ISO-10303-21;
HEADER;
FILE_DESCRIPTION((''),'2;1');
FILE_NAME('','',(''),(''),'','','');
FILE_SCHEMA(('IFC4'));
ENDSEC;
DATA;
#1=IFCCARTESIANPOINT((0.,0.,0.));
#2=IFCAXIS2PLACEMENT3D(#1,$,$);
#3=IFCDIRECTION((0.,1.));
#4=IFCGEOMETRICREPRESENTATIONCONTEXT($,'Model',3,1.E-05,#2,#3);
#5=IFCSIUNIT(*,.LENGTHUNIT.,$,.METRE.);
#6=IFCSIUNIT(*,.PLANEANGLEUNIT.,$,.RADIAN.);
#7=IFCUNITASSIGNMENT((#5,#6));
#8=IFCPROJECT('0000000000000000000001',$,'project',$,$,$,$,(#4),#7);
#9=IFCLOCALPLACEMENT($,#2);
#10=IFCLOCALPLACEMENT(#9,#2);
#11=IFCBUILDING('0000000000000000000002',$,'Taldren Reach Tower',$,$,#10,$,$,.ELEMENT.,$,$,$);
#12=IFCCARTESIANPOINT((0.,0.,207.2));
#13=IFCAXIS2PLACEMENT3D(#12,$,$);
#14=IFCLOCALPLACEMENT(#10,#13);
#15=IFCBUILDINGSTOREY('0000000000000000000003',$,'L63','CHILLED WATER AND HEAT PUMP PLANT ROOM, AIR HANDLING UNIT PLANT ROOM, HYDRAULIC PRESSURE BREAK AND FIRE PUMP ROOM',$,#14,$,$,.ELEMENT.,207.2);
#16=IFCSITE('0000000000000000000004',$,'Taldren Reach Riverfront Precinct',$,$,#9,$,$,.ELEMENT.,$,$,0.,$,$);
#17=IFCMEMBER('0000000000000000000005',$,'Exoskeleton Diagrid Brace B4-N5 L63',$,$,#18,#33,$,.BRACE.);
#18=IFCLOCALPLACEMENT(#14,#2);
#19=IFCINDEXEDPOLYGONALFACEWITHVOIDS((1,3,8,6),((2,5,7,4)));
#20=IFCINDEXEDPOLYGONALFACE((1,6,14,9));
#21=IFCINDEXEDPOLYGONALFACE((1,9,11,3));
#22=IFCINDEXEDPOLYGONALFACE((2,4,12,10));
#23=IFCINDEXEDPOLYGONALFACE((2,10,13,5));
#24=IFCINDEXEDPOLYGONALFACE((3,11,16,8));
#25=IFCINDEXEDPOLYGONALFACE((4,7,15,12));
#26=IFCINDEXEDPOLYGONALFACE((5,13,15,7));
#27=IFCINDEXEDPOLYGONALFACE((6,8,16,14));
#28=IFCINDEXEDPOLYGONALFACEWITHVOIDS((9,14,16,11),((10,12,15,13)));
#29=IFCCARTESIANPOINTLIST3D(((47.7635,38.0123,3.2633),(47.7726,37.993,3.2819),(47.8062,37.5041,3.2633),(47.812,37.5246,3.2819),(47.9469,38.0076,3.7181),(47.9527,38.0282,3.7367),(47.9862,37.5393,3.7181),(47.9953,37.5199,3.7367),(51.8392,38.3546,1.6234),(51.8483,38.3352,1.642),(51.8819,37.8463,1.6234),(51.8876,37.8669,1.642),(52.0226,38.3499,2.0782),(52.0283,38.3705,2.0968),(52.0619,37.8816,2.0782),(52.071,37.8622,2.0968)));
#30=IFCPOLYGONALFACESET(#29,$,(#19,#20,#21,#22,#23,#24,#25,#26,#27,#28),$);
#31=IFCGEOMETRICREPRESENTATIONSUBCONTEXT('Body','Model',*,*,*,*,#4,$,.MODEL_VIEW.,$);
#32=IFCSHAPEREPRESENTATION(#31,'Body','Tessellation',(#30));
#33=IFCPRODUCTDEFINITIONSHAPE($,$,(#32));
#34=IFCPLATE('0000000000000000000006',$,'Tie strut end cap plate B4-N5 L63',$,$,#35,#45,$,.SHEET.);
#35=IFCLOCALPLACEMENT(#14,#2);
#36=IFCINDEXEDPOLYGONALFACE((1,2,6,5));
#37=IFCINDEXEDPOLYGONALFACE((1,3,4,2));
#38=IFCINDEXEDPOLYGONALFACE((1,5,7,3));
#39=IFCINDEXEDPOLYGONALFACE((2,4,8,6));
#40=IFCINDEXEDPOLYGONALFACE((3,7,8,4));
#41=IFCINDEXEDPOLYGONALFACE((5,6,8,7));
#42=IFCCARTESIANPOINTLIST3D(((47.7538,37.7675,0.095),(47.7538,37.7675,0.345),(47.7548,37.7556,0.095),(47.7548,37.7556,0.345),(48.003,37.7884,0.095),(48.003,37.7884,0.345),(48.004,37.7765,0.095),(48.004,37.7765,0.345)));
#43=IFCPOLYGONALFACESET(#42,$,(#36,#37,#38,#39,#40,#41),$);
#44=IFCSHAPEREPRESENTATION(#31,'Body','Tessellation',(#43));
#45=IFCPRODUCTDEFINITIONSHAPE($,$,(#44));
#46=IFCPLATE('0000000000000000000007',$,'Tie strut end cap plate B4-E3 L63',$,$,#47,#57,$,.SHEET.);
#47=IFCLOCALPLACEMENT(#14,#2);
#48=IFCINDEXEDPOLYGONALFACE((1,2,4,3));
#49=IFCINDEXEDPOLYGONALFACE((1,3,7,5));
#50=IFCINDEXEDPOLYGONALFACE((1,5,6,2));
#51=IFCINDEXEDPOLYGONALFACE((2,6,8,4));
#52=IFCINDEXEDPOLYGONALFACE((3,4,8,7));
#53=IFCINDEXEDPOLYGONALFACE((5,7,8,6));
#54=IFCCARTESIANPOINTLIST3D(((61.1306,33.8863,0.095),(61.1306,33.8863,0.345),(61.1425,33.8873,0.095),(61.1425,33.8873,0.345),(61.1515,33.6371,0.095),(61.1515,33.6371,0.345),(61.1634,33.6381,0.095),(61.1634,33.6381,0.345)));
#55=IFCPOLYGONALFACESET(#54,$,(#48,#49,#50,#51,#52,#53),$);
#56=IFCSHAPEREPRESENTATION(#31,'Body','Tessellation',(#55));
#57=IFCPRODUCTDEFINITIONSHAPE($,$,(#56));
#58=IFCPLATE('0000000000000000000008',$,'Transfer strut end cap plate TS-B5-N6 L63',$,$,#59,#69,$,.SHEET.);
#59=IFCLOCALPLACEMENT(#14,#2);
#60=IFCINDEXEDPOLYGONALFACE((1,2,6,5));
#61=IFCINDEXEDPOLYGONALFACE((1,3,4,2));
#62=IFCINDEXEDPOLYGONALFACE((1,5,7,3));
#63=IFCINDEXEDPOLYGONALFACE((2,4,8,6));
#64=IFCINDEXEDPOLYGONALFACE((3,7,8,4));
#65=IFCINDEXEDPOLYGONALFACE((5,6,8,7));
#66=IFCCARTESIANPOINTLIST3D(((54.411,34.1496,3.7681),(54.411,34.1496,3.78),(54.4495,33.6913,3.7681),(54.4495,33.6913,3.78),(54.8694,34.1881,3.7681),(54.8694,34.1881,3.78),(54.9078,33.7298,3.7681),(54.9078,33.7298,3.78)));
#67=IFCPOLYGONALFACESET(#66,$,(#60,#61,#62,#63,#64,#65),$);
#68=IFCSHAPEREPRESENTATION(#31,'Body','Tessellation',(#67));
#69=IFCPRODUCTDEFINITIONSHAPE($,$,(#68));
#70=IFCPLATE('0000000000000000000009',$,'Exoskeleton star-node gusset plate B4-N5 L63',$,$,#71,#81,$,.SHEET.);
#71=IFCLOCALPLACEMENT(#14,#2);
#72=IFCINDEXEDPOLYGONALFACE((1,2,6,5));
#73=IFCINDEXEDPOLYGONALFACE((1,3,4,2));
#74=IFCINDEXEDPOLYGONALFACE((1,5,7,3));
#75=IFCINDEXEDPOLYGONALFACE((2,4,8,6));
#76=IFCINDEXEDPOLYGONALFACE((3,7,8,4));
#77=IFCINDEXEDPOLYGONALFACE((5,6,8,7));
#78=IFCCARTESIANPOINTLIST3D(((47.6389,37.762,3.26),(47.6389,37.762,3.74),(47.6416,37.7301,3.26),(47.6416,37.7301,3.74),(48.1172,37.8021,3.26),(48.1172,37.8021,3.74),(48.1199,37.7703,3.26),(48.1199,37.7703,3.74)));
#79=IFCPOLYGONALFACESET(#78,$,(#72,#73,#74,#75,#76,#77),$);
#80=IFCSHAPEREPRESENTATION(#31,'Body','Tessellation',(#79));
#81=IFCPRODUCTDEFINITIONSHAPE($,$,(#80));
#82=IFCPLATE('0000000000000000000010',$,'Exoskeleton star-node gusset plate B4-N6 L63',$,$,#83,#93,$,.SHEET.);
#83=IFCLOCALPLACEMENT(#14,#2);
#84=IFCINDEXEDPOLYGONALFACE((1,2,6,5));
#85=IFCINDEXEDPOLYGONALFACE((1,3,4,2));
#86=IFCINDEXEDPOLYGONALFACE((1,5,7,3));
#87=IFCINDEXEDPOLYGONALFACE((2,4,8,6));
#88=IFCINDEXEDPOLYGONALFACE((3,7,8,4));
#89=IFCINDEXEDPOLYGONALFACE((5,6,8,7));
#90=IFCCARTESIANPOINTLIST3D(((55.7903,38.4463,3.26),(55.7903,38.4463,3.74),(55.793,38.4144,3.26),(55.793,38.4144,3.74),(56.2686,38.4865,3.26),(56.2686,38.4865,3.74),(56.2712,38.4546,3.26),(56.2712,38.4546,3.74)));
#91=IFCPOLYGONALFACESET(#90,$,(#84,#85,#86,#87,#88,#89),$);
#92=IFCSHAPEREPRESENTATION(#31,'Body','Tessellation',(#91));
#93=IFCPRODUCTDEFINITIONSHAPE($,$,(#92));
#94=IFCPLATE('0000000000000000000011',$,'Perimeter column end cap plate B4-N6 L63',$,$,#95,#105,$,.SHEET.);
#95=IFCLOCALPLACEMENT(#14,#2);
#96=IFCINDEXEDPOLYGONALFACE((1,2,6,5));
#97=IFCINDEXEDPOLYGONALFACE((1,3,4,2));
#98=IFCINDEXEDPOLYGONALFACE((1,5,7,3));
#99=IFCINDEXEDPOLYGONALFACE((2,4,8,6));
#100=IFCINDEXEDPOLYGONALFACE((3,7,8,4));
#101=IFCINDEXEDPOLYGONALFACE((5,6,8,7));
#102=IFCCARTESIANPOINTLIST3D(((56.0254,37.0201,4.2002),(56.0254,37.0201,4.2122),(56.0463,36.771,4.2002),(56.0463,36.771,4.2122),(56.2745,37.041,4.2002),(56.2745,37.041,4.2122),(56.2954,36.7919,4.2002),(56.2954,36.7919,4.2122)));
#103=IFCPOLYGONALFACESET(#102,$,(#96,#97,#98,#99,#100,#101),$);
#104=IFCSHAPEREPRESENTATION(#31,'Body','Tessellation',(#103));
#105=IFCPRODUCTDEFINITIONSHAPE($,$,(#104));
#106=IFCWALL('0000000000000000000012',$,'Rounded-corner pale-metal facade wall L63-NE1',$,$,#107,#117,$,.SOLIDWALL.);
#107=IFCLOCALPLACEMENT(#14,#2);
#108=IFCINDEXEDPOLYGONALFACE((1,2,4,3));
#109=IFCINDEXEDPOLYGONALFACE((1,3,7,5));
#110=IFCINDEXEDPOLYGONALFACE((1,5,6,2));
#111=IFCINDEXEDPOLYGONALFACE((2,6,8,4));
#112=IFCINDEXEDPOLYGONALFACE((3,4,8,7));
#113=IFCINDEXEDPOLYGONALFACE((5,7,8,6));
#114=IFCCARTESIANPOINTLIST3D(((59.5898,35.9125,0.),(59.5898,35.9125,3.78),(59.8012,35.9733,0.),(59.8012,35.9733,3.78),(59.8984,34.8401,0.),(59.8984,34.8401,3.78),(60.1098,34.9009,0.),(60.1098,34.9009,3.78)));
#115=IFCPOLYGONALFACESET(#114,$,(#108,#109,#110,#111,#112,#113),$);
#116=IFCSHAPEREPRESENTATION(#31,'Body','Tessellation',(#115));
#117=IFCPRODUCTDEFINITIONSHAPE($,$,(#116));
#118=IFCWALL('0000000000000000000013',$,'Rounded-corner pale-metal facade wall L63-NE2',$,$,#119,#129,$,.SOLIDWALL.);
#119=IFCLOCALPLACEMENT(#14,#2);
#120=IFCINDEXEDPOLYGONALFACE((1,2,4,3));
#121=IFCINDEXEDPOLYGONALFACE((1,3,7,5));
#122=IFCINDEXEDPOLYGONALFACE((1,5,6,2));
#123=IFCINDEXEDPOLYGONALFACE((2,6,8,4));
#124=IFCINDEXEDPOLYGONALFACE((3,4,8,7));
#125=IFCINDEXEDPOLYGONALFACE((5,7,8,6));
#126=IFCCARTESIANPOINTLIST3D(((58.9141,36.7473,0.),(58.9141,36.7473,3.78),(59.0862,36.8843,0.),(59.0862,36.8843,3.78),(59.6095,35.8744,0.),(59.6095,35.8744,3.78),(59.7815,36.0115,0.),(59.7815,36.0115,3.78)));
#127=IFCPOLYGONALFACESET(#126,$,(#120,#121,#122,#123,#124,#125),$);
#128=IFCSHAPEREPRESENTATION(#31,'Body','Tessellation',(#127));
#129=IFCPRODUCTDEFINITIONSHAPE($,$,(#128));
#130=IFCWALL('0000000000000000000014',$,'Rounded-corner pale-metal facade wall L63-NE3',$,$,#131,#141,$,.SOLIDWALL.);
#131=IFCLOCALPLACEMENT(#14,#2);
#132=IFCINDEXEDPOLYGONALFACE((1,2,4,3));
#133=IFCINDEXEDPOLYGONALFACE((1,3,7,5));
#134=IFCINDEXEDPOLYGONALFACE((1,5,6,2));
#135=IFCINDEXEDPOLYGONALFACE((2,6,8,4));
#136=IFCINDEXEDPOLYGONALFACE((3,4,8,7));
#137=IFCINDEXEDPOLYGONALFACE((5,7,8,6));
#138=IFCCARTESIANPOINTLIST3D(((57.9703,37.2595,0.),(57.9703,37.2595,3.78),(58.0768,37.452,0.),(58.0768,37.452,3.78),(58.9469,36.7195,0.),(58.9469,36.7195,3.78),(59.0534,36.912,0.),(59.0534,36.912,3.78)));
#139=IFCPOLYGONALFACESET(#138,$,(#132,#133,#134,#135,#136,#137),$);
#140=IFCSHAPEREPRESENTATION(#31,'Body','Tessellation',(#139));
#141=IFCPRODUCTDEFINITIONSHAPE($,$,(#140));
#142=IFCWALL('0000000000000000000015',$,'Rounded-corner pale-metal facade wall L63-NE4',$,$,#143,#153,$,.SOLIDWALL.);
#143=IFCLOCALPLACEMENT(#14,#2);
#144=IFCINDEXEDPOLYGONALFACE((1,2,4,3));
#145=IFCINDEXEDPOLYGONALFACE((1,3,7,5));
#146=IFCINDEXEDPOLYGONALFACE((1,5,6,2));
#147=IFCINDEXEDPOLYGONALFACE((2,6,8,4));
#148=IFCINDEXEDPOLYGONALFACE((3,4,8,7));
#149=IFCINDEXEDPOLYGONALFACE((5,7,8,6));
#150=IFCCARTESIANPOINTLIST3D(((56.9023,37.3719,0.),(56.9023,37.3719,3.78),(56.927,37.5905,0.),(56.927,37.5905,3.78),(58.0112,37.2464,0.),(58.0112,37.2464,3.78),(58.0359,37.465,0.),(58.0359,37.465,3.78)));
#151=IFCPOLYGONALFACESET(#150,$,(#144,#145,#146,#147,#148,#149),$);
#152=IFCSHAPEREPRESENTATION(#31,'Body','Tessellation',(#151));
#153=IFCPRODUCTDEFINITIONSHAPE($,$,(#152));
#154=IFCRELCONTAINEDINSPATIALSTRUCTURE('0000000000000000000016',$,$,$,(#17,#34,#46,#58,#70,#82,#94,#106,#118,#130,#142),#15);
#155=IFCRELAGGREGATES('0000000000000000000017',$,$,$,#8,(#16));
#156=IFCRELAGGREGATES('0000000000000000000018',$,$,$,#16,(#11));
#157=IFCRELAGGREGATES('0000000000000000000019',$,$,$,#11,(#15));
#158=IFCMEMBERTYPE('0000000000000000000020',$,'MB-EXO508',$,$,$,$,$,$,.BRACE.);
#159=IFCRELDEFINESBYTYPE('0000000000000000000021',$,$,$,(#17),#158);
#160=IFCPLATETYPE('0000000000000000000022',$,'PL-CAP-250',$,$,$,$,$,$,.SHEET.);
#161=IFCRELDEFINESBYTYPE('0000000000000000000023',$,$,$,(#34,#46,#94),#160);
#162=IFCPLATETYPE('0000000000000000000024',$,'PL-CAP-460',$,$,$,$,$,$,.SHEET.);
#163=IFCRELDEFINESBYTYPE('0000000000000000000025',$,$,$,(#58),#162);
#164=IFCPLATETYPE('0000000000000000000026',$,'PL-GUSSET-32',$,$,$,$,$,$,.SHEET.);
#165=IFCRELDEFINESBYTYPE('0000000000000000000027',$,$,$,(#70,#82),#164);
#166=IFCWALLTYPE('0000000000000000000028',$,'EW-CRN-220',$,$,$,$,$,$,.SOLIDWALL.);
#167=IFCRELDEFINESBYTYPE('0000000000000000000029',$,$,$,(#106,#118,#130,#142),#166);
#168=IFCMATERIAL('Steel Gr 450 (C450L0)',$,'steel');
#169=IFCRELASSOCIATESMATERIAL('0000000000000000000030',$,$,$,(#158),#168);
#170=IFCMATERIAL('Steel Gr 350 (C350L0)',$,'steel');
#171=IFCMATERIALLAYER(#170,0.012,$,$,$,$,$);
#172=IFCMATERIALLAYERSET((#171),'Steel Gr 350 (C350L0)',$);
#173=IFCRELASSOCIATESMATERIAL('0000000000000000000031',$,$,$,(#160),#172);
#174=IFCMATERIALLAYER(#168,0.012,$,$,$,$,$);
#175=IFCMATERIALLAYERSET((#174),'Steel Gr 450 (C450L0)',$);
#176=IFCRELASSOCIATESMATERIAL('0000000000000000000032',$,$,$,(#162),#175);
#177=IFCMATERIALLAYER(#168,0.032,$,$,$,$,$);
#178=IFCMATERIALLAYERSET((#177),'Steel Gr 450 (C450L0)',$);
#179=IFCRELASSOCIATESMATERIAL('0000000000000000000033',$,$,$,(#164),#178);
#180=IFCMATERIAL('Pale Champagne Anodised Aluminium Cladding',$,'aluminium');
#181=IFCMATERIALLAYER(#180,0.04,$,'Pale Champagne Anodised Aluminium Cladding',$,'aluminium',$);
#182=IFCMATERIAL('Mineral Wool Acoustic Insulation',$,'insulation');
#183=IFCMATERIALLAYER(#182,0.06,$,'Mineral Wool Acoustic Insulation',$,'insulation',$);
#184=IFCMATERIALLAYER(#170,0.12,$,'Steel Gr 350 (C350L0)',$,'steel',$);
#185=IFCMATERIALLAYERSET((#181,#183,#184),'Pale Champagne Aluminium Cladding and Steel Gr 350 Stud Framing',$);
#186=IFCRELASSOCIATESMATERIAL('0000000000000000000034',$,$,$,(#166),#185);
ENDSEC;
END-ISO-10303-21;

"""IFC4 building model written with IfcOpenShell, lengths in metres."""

from ifc_helpers import new_model, si_unit, direction, frame, frame_2d, origin, origin_2d, place, context, subcontext, project, spatial, rectangle, hollow_rectangle, extrude, source, transform, mapped, material, layer, layer_set, material_profile, profile_set, type_object, element, save


model = new_model("IFC4")

# Units and contexts
model_context = context("Model", 3, precision=1e-05, world=origin(), true_north=direction((0.0, 1.0)))
body_context = subcontext(model_context, "Body", "Model", "MODEL_VIEW")
ifc_project = project(units=[si_unit("LENGTHUNIT", "METRE"), si_unit("PLANEANGLEUNIT", "RADIAN")], contexts=[model_context])

# Site, building, storey
site_placement = place(None, origin())
site = spatial("IfcSite", under=ifc_project, at=site_placement, Name="Taldren Reach Riverfront Precinct", CompositionType="ELEMENT", RefElevation=0.0)
building_placement = place(site_placement, origin())
building = spatial("IfcBuilding", under=site, at=building_placement, Name="Taldren Reach Tower", CompositionType="ELEMENT")
storey_placement = place(building_placement, frame((0.0, 0.0, 207.2)))
storey = spatial("IfcBuildingStorey", under=building, at=storey_placement, Name="L63", Description="CHILLED WATER AND HEAT PUMP PLANT ROOM, AIR HANDLING UNIT PLANT ROOM, HYDRAULIC PRESSURE BREAK AND FIRE PUMP ROOM", CompositionType="ELEMENT", Elevation=207.2)

# Shared definitions
ifc_material_1 = material(Name="Steel Gr 350 (C350L0)", Category="steel")

# Member
ifc_material_2 = material(Name="Steel Gr 450 (C450L0)", Category="steel")
ifc_material_profile_1 = material_profile(ifc_material_2, hollow_rectangle(XDim=0.51, YDim=0.51, WallThickness=0.02, at=origin_2d()), Name="510x510x20.0SHS")
ifc_profile_set_1 = profile_set([ifc_material_profile_1], Name="Steel Gr 450 (C450L0)")
member_type_1 = type_object("IfcMemberType", Name="MB-EXO508", PredefinedType="BRACE", material=ifc_profile_set_1)
shared_shape_1 = source(origin(), body_context, "Body", "SweptSolid", [
    extrude(hollow_rectangle(XDim=0.51, YDim=0.51, WallThickness=0.02, at=origin_2d()), origin(), (0.0, 0.0, 1.0), 4.4065),
])
for number, where, z_axis, x_axis, name in (
    (1, (51.9551, 38.1084, 1.8601), (-0.924917, -0.077677, 0.37215), (0.083688, -0.996492, 0.0), "Exoskeleton Diagrid Brace B4-N5 L63"),
):
    element("IfcMember", number, at=place(storey_placement, frame(where, z_axis=z_axis, x_axis=x_axis)), inside=storey, type_object=member_type_1, Name=name, PredefinedType="BRACE", context=body_context, shape_type="MappedRepresentation", body=[
        mapped(shared_shape_1, transform((0.0, 0.0, 0.0), scale=1.0)),
    ])

# Plates
ifc_layer_1 = layer(ifc_material_1, 0.012)
ifc_layer_set_1 = layer_set([ifc_layer_1], Name="Steel Gr 350 (C350L0)")
plate_type_1 = type_object("IfcPlateType", Name="PL-CAP-250", PredefinedType="SHEET", material=ifc_layer_set_1)
shared_shape_2 = source(origin(), body_context, "Body", "SweptSolid", [
    extrude(rectangle(XDim=0.25, YDim=0.012, at=origin_2d()), origin(), (0.0, 0.0, 1.0), 0.25),
])
plate_1_placement = place(storey_placement, frame((47.8789, 37.772, 0.095), z_axis=(0.0, 0.0, 1.0), x_axis=(0.996493, 0.083678, 0.0)))
element("IfcPlate", 2, at=plate_1_placement, inside=storey, type_object=plate_type_1, Name="Tie strut end cap plate B4-N5 L63", PredefinedType="SHEET", context=body_context, shape_type="MappedRepresentation", body=[
    mapped(shared_shape_2, transform((0.0, 0.0, 0.0), scale=1.0)),
])
shared_shape_3 = source(origin(), body_context, "Body", "SweptSolid", [
    extrude(rectangle(XDim=0.012, YDim=0.25, at=origin_2d()), origin(), (0.0, 0.0, 1.0), 0.25),
])
plate_2_placement = place(storey_placement, frame((61.147, 33.7622, 0.095), z_axis=(0.0, 0.0, 1.0), x_axis=(0.996493, 0.083678, 0.0)))
element("IfcPlate", 3, at=plate_2_placement, inside=storey, type_object=plate_type_1, Name="Tie strut end cap plate B4-E3 L63", PredefinedType="SHEET", context=body_context, shape_type="MappedRepresentation", body=[
    mapped(shared_shape_3, transform((0.0, 0.0, 0.0), scale=1.0)),
])
ifc_layer_2 = layer(ifc_material_2, 0.012)
ifc_layer_set_2 = layer_set([ifc_layer_2], Name="Steel Gr 450 (C450L0)")
plate_type_2 = type_object("IfcPlateType", Name="PL-CAP-460", PredefinedType="SHEET", material=ifc_layer_set_2)
shared_shape_4 = source(origin(), body_context, "Body", "SweptSolid", [
    extrude(rectangle(XDim=0.46, YDim=0.46, at=origin_2d()), origin(), (0.0, 0.0, 1.0), 0.012),
])
plate_3_placement = place(storey_placement, frame((54.6594, 33.9397, 3.7681), z_axis=(0.0, 0.0, 1.0), x_axis=(0.996493, 0.083678, 0.0)))
element("IfcPlate", 4, at=plate_3_placement, inside=storey, type_object=plate_type_2, Name="Transfer strut end cap plate TS-B5-N6 L63", PredefinedType="SHEET", context=body_context, shape_type="MappedRepresentation", body=[
    mapped(shared_shape_4, transform((0.0, 0.0, 0.0), scale=1.0)),
])
ifc_layer_3 = layer(ifc_material_2, 0.032)
ifc_layer_set_3 = layer_set([ifc_layer_3], Name="Steel Gr 450 (C450L0)")
plate_type_3 = type_object("IfcPlateType", Name="PL-GUSSET-32", PredefinedType="SHEET", material=ifc_layer_set_3)
shared_shape_5 = source(origin(), body_context, "Body", "SweptSolid", [
    extrude(rectangle(XDim=0.48, YDim=0.032, at=origin_2d()), origin(), (0.0, 0.0, 1.0), 0.48),
])
for number, where, z_axis, x_axis, name in (
    (5, (47.8794, 37.7661, 3.26), (0.0, 0.0, 1.0), (0.996493, 0.083678, 0.0), "Exoskeleton star-node gusset plate B4-N5 L63"),
    (6, (56.0308, 38.4504, 3.26), (0.0, 0.0, 1.0), (0.996493, 0.083678, 0.0), "Exoskeleton star-node gusset plate B4-N6 L63"),
):
    element("IfcPlate", number, at=place(storey_placement, frame(where, z_axis=z_axis, x_axis=x_axis)), inside=storey, type_object=plate_type_3, Name=name, PredefinedType="SHEET", context=body_context, shape_type="MappedRepresentation", body=[
        mapped(shared_shape_5, transform((0.0, 0.0, 0.0), scale=1.0)),
    ])
shared_shape_6 = source(origin(), body_context, "Body", "SweptSolid", [
    extrude(rectangle(XDim=0.25, YDim=0.25, at=origin_2d()), origin(), (0.0, 0.0, 1.0), 0.012),
])
plate_4_placement = place(storey_placement, frame((56.1604, 36.906, 4.2002), z_axis=(0.0, 0.0, 1.0), x_axis=(0.996493, 0.083678, 0.0)))
element("IfcPlate", 7, at=plate_4_placement, inside=storey, type_object=plate_type_1, Name="Perimeter column end cap plate B4-N6 L63", PredefinedType="SHEET", context=body_context, shape_type="MappedRepresentation", body=[
    mapped(shared_shape_6, transform((0.0, 0.0, 0.0), scale=1.0)),
])

# Walls
ifc_material_3 = material(Name="Pale Champagne Anodised Aluminium Cladding", Category="aluminium")
ifc_layer_4 = layer(ifc_material_3, 0.04, Name="Pale Champagne Anodised Aluminium Cladding", Category="aluminium")
ifc_material_4 = material(Name="Mineral Wool Acoustic Insulation", Category="insulation")
ifc_layer_5 = layer(ifc_material_4, 0.06, Name="Mineral Wool Acoustic Insulation", Category="insulation")
ifc_layer_6 = layer(ifc_material_1, 0.12, Name="Steel Gr 350 (C350L0)", Category="steel")
ifc_layer_set_4 = layer_set([ifc_layer_4, ifc_layer_5, ifc_layer_6], Name="Pale Champagne Aluminium Cladding and Steel Gr 350 Stud Framing")
wall_type_1 = type_object("IfcWallType", Name="EW-CRN-220", PredefinedType="SOLIDWALL", material=ifc_layer_set_4)
shared_shape_7 = source(origin(), body_context, "Body", "SweptSolid", [
    extrude(rectangle(XDim=1.116, YDim=0.22, at=frame_2d((0.5581, 0.0))), origin(), (0.0, 0.0, 1.0), 3.78),
])
for number, where, z_axis, x_axis, name in (
    (8, (60.0042, 34.8704, 0.0), (0.0, 0.0, 1.0), (-0.276512, 0.96101, 0.0), "Rounded-corner pale-metal facade wall L63-NE1"),
    (9, (59.6956, 35.9429, 0.0), (0.0, 0.0, 1.0), (-0.623093, 0.782148, 0.0), "Rounded-corner pale-metal facade wall L63-NE2"),
    (10, (59.0002, 36.8157, 0.0), (0.0, 0.0, 1.0), (-0.875105, 0.483933, 0.0), "Rounded-corner pale-metal facade wall L63-NE3"),
    (11, (58.0237, 37.3557, 0.0), (0.0, 0.0, 1.0), (-0.993658, 0.112448, 0.0), "Rounded-corner pale-metal facade wall L63-NE4"),
):
    element("IfcWall", number, at=place(storey_placement, frame(where, z_axis=z_axis, x_axis=x_axis)), inside=storey, type_object=wall_type_1, Name=name, PredefinedType="SOLIDWALL", context=body_context, shape_type="MappedRepresentation", body=[
        mapped(shared_shape_7, transform((0.0, 0.0, 0.0), scale=1.0)),
    ])

save(model, "model.ifc")
